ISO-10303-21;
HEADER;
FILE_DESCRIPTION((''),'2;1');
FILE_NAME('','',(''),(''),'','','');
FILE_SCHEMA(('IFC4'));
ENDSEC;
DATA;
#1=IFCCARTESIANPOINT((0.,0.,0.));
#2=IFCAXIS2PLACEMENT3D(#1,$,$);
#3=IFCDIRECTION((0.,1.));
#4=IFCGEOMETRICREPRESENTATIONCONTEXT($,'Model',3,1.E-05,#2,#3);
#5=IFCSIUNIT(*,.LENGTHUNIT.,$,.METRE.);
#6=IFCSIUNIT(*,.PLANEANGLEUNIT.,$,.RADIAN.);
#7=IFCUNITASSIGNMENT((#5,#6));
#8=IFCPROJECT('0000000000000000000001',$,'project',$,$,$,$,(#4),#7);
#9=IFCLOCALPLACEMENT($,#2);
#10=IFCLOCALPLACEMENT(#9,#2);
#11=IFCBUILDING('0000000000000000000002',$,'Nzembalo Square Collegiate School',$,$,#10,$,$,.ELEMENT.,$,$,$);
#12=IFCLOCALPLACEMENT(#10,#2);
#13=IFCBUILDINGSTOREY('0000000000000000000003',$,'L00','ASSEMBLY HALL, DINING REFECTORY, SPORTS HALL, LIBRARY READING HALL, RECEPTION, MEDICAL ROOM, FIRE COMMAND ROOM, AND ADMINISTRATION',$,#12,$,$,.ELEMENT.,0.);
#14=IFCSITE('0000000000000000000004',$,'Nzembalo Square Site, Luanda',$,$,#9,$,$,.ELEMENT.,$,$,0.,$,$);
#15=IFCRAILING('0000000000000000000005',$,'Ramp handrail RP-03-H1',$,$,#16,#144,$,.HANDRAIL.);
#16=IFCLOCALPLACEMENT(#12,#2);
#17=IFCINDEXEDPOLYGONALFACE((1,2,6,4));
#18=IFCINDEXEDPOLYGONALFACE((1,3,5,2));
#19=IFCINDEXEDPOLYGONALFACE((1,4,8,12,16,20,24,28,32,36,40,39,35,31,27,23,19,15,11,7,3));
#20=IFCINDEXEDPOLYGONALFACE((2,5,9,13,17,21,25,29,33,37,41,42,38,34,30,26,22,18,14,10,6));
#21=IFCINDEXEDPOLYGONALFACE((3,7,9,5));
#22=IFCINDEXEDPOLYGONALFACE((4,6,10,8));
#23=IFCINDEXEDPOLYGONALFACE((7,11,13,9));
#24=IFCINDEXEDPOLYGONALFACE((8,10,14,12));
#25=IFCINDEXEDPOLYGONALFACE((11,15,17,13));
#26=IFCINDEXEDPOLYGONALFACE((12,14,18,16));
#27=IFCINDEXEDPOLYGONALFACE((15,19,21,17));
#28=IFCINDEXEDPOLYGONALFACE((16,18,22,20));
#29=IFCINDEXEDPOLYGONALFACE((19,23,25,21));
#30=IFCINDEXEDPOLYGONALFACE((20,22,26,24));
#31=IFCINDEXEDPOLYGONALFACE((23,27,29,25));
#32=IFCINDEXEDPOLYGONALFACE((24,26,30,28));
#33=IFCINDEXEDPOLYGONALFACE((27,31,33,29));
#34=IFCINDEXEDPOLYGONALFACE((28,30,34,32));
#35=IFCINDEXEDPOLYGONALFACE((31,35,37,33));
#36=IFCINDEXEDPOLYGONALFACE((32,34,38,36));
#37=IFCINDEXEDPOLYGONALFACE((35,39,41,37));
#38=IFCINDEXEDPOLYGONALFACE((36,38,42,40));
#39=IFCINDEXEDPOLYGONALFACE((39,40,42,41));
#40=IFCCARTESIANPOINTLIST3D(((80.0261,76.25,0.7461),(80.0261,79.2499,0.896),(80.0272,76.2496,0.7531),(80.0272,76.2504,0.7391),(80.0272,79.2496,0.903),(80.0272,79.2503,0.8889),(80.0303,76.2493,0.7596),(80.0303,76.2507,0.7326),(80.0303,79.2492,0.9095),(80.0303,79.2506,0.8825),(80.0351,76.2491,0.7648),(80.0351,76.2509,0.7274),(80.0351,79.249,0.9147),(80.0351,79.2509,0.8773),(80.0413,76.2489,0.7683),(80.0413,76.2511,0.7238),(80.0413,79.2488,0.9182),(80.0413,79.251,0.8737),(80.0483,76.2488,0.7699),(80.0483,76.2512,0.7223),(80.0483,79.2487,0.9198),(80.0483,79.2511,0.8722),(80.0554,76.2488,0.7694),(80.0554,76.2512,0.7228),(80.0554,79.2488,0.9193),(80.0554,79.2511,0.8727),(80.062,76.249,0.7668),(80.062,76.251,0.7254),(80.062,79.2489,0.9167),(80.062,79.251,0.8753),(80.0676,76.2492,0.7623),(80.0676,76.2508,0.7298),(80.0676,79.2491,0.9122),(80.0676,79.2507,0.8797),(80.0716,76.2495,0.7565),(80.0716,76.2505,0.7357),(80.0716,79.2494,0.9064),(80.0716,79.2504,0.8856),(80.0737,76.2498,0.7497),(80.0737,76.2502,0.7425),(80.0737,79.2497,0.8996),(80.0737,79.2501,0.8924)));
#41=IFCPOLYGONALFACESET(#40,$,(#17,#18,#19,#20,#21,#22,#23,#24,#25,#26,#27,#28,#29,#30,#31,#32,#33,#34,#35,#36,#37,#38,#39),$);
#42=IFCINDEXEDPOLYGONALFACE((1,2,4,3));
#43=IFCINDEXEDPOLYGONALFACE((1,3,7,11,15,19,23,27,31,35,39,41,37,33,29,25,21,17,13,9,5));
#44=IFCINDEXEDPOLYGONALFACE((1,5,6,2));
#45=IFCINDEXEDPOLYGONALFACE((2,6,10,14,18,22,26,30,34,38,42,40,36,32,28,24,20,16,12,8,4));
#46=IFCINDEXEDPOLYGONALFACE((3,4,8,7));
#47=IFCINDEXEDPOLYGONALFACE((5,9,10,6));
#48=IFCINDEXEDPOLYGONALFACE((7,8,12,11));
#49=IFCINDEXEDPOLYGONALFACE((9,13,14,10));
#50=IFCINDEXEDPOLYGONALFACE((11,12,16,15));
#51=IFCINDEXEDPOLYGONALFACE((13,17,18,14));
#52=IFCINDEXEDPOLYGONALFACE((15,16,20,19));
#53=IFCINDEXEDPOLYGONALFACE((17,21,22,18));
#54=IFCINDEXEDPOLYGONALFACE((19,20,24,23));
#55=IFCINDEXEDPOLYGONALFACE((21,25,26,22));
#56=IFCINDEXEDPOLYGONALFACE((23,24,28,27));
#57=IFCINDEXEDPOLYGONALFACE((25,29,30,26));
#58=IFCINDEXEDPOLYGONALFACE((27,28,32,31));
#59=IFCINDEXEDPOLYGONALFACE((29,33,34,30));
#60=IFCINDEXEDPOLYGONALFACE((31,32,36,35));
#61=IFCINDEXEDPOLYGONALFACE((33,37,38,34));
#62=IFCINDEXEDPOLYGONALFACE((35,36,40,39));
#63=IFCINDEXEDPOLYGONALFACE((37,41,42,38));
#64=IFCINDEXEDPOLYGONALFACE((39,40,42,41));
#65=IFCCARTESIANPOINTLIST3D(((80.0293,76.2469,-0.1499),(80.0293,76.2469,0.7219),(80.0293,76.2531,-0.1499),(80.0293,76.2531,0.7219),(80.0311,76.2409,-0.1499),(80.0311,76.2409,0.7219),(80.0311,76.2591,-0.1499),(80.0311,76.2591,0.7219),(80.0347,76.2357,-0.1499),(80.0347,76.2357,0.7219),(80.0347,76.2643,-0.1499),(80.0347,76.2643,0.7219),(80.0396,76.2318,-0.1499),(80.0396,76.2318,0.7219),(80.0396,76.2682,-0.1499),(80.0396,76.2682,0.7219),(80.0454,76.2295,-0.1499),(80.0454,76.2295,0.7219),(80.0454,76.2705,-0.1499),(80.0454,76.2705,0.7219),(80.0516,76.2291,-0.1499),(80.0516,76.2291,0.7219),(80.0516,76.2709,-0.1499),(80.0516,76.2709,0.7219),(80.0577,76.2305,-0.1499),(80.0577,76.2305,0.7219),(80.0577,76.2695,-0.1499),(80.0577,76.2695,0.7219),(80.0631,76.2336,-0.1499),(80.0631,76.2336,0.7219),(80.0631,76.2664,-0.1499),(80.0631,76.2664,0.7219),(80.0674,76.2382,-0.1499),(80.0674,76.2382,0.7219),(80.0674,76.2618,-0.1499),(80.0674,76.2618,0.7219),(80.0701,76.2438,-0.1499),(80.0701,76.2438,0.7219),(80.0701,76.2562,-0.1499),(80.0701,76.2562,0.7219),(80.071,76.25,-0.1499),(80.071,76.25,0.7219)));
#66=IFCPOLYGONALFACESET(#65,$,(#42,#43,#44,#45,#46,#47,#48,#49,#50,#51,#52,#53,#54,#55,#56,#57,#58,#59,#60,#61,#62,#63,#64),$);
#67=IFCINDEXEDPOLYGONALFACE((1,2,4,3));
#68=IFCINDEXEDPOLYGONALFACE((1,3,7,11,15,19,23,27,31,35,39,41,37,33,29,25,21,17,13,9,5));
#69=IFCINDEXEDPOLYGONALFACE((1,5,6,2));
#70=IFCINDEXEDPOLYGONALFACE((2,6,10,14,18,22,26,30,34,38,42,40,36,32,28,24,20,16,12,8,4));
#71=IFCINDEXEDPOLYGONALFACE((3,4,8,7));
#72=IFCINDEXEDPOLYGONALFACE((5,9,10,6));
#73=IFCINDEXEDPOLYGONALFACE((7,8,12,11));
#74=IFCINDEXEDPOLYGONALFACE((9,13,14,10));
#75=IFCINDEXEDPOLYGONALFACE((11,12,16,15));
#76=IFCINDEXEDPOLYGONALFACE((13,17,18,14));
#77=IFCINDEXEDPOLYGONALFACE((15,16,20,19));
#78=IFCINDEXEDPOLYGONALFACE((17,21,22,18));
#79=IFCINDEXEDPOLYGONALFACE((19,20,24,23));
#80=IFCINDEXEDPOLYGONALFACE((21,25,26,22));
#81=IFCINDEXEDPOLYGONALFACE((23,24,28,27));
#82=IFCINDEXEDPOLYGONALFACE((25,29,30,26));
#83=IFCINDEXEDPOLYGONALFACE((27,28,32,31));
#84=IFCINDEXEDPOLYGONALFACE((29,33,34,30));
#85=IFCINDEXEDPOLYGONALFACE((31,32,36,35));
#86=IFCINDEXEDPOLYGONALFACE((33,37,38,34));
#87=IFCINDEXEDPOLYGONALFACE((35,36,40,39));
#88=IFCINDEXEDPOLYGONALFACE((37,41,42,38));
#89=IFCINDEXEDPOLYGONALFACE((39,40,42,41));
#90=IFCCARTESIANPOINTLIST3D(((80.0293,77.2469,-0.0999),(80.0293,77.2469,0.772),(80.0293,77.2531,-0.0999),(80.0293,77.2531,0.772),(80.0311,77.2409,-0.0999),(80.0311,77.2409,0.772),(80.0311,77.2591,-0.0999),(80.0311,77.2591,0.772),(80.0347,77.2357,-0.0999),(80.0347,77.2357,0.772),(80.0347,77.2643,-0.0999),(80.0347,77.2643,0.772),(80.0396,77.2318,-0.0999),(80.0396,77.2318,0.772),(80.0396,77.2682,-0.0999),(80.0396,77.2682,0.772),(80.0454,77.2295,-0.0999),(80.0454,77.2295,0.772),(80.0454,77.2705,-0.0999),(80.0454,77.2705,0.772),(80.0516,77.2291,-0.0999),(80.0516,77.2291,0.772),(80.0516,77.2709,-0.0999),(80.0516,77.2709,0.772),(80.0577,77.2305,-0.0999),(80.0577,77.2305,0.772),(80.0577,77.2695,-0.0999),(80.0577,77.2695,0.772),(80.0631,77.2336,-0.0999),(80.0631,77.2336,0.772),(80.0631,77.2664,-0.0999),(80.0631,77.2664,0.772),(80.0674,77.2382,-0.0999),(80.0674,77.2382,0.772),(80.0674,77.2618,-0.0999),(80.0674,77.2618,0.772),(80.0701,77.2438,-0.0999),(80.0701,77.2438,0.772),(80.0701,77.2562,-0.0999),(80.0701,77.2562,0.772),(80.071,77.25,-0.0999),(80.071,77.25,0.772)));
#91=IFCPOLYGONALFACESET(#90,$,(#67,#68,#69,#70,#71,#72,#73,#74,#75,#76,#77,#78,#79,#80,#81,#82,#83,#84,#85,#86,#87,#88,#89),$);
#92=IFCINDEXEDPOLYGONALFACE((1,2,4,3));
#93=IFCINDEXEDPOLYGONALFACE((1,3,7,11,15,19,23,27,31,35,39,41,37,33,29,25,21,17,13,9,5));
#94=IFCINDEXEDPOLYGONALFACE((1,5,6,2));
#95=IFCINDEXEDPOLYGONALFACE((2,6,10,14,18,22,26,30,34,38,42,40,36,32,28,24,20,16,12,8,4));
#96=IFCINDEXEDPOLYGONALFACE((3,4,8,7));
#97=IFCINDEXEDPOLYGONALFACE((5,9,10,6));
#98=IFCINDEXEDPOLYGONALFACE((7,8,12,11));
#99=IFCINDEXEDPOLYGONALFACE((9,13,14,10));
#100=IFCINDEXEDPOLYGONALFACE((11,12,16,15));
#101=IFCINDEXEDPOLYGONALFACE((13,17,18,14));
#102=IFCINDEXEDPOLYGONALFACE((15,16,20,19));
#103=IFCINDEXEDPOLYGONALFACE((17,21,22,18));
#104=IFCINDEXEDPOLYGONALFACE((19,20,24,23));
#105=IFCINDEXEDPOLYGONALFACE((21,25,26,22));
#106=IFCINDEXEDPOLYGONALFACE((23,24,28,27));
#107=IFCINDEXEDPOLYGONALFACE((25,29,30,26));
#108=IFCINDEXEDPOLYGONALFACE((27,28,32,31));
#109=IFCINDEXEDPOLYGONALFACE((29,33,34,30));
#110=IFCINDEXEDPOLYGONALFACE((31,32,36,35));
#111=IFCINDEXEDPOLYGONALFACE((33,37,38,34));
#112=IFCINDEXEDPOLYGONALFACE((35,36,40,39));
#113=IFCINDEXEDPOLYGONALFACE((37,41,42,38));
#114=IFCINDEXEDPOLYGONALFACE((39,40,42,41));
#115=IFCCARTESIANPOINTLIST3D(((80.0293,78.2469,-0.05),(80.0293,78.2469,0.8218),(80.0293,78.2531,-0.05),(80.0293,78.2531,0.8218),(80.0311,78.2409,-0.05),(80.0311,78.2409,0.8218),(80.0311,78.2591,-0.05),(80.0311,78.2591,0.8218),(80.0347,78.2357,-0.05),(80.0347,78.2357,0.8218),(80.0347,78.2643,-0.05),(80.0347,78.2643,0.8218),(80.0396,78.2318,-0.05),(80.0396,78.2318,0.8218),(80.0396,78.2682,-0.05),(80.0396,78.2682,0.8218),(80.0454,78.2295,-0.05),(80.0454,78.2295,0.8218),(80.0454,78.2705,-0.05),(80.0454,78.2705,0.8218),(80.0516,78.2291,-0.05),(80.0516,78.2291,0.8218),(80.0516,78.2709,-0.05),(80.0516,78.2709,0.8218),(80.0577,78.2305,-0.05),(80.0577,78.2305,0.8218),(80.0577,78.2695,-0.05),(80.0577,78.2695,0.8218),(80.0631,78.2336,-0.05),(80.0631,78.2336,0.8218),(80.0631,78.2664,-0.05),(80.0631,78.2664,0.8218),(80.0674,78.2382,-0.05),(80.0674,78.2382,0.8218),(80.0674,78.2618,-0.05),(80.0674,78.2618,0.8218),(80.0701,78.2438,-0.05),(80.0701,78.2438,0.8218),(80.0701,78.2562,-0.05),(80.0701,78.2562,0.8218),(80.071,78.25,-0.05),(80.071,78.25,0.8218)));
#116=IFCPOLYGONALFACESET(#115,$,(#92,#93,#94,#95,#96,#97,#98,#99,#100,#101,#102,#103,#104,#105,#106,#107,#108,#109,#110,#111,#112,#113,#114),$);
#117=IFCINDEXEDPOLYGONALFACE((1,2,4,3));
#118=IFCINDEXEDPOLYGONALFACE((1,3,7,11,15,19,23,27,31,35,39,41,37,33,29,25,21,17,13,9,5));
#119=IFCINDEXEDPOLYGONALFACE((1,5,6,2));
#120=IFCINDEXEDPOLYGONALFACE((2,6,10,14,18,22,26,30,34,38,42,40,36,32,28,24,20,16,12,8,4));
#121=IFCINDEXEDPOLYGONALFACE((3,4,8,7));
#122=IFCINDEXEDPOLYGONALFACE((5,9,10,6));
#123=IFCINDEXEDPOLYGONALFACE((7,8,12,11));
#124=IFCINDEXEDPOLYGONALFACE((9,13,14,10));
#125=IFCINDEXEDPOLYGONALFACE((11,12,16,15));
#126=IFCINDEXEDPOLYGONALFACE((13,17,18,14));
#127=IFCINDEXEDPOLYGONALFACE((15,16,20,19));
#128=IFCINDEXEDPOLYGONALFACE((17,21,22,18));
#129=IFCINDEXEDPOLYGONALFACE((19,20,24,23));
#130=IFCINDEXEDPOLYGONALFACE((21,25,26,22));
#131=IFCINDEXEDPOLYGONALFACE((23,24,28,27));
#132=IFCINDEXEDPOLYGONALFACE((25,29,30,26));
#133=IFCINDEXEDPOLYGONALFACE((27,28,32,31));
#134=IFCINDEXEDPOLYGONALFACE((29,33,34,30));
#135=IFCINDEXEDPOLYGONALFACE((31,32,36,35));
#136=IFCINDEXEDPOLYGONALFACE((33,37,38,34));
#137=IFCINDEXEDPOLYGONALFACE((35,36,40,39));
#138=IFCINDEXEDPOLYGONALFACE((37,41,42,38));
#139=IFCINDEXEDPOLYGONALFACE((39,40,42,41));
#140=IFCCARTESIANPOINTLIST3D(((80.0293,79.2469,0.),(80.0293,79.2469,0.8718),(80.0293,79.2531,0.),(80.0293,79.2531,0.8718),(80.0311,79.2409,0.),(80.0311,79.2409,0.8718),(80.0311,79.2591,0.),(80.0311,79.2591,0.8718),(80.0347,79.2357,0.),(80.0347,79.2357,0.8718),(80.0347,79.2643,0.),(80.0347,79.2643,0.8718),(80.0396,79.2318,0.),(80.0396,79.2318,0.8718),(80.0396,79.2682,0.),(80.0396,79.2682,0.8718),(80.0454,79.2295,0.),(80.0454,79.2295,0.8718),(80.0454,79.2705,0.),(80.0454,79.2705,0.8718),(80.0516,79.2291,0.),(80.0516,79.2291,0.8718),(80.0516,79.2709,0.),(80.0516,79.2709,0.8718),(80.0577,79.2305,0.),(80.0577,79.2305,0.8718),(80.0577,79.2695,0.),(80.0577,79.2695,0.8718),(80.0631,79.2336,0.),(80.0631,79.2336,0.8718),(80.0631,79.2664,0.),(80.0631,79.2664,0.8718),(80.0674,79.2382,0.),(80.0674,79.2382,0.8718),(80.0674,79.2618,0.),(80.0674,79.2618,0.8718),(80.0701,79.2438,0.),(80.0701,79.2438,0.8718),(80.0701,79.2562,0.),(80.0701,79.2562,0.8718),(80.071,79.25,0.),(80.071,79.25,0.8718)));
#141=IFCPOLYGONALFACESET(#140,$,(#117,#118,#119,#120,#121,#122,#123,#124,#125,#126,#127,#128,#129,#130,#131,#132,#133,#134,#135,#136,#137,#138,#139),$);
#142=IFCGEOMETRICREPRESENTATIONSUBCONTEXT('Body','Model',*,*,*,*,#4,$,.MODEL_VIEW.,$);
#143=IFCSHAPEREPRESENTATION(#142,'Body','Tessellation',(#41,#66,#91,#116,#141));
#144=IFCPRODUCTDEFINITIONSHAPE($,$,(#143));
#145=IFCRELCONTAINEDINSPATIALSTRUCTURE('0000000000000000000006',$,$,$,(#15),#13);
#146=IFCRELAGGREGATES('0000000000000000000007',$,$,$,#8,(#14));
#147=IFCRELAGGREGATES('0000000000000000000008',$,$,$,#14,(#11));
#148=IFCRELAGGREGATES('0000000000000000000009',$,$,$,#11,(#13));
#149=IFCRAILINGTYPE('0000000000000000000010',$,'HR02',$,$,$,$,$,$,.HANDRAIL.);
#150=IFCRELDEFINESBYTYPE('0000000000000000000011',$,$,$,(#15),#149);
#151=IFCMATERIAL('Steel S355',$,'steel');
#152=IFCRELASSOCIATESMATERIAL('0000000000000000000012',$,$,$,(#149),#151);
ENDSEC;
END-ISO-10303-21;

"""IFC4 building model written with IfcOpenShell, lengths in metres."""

from ifc_helpers import new_model, si_unit, direction, frame, origin, origin_2d, place, context, subcontext, project, spatial, circle, extrude, material, type_object, element, save


model = new_model("IFC4")

# Units and contexts
model_context = context("Model", 3, precision=1e-05, world=origin(), true_north=direction((0.0, 1.0)))
body_context = subcontext(model_context, "Body", "Model", "MODEL_VIEW")
ifc_project = project(units=[si_unit("LENGTHUNIT", "METRE"), si_unit("PLANEANGLEUNIT", "RADIAN")], contexts=[model_context])

# Site, building, storey
site_placement = place(None, origin())
site = spatial("IfcSite", under=ifc_project, at=site_placement, Name="Nzembalo Square Site, Luanda", CompositionType="ELEMENT", RefElevation=0.0)
building_placement = place(site_placement, origin())
building = spatial("IfcBuilding", under=site, at=building_placement, Name="Nzembalo Square Collegiate School", CompositionType="ELEMENT")
storey_placement = place(building_placement, origin())
storey = spatial("IfcBuildingStorey", under=building, at=storey_placement, Name="L00", Description="ASSEMBLY HALL, DINING REFECTORY, SPORTS HALL, LIBRARY READING HALL, RECEPTION, MEDICAL ROOM, FIRE COMMAND ROOM, AND ADMINISTRATION", CompositionType="ELEMENT", Elevation=0.0)

# Railing
ifc_material_1 = material(Name="Steel S355", Category="steel")
railing_type = type_object("IfcRailingType", Name="HR02", PredefinedType="HANDRAIL", material=ifc_material_1)
for number, where, name in (
    (1, (80.05, 76.25, -0.1499), "Ramp handrail RP-03-H1"),
):
    element("IfcRailing", number, at=place(storey_placement, frame(where)), inside=storey, type_object=railing_type, Name=name, PredefinedType="HANDRAIL", context=body_context, shape_type="SweptSolid", body=[
        extrude(circle(Radius=0.0239, at=origin_2d()), frame((0.0, 0.0, 0.896), z_axis=(0.0, 0.998754, 0.049905), x_axis=(-1.0, 0.0, 0.0)), (0.0, 0.0, 1.0), 3.0037),
        extrude(circle(Radius=0.021, at=origin_2d()), origin(), (0.0, 0.0, 1.0), 0.8718),
        extrude(circle(Radius=0.021, at=origin_2d()), frame((0.0, 1.0, 0.05)), (0.0, 0.0, 1.0), 0.8718),
        extrude(circle(Radius=0.021, at=origin_2d()), frame((0.0, 2.0, 0.0999)), (0.0, 0.0, 1.0), 0.8718),
        extrude(circle(Radius=0.021, at=origin_2d()), frame((0.0, 3.0, 0.1499)), (0.0, 0.0, 1.0), 0.8718),
    ])

save(model, "model.ifc")
